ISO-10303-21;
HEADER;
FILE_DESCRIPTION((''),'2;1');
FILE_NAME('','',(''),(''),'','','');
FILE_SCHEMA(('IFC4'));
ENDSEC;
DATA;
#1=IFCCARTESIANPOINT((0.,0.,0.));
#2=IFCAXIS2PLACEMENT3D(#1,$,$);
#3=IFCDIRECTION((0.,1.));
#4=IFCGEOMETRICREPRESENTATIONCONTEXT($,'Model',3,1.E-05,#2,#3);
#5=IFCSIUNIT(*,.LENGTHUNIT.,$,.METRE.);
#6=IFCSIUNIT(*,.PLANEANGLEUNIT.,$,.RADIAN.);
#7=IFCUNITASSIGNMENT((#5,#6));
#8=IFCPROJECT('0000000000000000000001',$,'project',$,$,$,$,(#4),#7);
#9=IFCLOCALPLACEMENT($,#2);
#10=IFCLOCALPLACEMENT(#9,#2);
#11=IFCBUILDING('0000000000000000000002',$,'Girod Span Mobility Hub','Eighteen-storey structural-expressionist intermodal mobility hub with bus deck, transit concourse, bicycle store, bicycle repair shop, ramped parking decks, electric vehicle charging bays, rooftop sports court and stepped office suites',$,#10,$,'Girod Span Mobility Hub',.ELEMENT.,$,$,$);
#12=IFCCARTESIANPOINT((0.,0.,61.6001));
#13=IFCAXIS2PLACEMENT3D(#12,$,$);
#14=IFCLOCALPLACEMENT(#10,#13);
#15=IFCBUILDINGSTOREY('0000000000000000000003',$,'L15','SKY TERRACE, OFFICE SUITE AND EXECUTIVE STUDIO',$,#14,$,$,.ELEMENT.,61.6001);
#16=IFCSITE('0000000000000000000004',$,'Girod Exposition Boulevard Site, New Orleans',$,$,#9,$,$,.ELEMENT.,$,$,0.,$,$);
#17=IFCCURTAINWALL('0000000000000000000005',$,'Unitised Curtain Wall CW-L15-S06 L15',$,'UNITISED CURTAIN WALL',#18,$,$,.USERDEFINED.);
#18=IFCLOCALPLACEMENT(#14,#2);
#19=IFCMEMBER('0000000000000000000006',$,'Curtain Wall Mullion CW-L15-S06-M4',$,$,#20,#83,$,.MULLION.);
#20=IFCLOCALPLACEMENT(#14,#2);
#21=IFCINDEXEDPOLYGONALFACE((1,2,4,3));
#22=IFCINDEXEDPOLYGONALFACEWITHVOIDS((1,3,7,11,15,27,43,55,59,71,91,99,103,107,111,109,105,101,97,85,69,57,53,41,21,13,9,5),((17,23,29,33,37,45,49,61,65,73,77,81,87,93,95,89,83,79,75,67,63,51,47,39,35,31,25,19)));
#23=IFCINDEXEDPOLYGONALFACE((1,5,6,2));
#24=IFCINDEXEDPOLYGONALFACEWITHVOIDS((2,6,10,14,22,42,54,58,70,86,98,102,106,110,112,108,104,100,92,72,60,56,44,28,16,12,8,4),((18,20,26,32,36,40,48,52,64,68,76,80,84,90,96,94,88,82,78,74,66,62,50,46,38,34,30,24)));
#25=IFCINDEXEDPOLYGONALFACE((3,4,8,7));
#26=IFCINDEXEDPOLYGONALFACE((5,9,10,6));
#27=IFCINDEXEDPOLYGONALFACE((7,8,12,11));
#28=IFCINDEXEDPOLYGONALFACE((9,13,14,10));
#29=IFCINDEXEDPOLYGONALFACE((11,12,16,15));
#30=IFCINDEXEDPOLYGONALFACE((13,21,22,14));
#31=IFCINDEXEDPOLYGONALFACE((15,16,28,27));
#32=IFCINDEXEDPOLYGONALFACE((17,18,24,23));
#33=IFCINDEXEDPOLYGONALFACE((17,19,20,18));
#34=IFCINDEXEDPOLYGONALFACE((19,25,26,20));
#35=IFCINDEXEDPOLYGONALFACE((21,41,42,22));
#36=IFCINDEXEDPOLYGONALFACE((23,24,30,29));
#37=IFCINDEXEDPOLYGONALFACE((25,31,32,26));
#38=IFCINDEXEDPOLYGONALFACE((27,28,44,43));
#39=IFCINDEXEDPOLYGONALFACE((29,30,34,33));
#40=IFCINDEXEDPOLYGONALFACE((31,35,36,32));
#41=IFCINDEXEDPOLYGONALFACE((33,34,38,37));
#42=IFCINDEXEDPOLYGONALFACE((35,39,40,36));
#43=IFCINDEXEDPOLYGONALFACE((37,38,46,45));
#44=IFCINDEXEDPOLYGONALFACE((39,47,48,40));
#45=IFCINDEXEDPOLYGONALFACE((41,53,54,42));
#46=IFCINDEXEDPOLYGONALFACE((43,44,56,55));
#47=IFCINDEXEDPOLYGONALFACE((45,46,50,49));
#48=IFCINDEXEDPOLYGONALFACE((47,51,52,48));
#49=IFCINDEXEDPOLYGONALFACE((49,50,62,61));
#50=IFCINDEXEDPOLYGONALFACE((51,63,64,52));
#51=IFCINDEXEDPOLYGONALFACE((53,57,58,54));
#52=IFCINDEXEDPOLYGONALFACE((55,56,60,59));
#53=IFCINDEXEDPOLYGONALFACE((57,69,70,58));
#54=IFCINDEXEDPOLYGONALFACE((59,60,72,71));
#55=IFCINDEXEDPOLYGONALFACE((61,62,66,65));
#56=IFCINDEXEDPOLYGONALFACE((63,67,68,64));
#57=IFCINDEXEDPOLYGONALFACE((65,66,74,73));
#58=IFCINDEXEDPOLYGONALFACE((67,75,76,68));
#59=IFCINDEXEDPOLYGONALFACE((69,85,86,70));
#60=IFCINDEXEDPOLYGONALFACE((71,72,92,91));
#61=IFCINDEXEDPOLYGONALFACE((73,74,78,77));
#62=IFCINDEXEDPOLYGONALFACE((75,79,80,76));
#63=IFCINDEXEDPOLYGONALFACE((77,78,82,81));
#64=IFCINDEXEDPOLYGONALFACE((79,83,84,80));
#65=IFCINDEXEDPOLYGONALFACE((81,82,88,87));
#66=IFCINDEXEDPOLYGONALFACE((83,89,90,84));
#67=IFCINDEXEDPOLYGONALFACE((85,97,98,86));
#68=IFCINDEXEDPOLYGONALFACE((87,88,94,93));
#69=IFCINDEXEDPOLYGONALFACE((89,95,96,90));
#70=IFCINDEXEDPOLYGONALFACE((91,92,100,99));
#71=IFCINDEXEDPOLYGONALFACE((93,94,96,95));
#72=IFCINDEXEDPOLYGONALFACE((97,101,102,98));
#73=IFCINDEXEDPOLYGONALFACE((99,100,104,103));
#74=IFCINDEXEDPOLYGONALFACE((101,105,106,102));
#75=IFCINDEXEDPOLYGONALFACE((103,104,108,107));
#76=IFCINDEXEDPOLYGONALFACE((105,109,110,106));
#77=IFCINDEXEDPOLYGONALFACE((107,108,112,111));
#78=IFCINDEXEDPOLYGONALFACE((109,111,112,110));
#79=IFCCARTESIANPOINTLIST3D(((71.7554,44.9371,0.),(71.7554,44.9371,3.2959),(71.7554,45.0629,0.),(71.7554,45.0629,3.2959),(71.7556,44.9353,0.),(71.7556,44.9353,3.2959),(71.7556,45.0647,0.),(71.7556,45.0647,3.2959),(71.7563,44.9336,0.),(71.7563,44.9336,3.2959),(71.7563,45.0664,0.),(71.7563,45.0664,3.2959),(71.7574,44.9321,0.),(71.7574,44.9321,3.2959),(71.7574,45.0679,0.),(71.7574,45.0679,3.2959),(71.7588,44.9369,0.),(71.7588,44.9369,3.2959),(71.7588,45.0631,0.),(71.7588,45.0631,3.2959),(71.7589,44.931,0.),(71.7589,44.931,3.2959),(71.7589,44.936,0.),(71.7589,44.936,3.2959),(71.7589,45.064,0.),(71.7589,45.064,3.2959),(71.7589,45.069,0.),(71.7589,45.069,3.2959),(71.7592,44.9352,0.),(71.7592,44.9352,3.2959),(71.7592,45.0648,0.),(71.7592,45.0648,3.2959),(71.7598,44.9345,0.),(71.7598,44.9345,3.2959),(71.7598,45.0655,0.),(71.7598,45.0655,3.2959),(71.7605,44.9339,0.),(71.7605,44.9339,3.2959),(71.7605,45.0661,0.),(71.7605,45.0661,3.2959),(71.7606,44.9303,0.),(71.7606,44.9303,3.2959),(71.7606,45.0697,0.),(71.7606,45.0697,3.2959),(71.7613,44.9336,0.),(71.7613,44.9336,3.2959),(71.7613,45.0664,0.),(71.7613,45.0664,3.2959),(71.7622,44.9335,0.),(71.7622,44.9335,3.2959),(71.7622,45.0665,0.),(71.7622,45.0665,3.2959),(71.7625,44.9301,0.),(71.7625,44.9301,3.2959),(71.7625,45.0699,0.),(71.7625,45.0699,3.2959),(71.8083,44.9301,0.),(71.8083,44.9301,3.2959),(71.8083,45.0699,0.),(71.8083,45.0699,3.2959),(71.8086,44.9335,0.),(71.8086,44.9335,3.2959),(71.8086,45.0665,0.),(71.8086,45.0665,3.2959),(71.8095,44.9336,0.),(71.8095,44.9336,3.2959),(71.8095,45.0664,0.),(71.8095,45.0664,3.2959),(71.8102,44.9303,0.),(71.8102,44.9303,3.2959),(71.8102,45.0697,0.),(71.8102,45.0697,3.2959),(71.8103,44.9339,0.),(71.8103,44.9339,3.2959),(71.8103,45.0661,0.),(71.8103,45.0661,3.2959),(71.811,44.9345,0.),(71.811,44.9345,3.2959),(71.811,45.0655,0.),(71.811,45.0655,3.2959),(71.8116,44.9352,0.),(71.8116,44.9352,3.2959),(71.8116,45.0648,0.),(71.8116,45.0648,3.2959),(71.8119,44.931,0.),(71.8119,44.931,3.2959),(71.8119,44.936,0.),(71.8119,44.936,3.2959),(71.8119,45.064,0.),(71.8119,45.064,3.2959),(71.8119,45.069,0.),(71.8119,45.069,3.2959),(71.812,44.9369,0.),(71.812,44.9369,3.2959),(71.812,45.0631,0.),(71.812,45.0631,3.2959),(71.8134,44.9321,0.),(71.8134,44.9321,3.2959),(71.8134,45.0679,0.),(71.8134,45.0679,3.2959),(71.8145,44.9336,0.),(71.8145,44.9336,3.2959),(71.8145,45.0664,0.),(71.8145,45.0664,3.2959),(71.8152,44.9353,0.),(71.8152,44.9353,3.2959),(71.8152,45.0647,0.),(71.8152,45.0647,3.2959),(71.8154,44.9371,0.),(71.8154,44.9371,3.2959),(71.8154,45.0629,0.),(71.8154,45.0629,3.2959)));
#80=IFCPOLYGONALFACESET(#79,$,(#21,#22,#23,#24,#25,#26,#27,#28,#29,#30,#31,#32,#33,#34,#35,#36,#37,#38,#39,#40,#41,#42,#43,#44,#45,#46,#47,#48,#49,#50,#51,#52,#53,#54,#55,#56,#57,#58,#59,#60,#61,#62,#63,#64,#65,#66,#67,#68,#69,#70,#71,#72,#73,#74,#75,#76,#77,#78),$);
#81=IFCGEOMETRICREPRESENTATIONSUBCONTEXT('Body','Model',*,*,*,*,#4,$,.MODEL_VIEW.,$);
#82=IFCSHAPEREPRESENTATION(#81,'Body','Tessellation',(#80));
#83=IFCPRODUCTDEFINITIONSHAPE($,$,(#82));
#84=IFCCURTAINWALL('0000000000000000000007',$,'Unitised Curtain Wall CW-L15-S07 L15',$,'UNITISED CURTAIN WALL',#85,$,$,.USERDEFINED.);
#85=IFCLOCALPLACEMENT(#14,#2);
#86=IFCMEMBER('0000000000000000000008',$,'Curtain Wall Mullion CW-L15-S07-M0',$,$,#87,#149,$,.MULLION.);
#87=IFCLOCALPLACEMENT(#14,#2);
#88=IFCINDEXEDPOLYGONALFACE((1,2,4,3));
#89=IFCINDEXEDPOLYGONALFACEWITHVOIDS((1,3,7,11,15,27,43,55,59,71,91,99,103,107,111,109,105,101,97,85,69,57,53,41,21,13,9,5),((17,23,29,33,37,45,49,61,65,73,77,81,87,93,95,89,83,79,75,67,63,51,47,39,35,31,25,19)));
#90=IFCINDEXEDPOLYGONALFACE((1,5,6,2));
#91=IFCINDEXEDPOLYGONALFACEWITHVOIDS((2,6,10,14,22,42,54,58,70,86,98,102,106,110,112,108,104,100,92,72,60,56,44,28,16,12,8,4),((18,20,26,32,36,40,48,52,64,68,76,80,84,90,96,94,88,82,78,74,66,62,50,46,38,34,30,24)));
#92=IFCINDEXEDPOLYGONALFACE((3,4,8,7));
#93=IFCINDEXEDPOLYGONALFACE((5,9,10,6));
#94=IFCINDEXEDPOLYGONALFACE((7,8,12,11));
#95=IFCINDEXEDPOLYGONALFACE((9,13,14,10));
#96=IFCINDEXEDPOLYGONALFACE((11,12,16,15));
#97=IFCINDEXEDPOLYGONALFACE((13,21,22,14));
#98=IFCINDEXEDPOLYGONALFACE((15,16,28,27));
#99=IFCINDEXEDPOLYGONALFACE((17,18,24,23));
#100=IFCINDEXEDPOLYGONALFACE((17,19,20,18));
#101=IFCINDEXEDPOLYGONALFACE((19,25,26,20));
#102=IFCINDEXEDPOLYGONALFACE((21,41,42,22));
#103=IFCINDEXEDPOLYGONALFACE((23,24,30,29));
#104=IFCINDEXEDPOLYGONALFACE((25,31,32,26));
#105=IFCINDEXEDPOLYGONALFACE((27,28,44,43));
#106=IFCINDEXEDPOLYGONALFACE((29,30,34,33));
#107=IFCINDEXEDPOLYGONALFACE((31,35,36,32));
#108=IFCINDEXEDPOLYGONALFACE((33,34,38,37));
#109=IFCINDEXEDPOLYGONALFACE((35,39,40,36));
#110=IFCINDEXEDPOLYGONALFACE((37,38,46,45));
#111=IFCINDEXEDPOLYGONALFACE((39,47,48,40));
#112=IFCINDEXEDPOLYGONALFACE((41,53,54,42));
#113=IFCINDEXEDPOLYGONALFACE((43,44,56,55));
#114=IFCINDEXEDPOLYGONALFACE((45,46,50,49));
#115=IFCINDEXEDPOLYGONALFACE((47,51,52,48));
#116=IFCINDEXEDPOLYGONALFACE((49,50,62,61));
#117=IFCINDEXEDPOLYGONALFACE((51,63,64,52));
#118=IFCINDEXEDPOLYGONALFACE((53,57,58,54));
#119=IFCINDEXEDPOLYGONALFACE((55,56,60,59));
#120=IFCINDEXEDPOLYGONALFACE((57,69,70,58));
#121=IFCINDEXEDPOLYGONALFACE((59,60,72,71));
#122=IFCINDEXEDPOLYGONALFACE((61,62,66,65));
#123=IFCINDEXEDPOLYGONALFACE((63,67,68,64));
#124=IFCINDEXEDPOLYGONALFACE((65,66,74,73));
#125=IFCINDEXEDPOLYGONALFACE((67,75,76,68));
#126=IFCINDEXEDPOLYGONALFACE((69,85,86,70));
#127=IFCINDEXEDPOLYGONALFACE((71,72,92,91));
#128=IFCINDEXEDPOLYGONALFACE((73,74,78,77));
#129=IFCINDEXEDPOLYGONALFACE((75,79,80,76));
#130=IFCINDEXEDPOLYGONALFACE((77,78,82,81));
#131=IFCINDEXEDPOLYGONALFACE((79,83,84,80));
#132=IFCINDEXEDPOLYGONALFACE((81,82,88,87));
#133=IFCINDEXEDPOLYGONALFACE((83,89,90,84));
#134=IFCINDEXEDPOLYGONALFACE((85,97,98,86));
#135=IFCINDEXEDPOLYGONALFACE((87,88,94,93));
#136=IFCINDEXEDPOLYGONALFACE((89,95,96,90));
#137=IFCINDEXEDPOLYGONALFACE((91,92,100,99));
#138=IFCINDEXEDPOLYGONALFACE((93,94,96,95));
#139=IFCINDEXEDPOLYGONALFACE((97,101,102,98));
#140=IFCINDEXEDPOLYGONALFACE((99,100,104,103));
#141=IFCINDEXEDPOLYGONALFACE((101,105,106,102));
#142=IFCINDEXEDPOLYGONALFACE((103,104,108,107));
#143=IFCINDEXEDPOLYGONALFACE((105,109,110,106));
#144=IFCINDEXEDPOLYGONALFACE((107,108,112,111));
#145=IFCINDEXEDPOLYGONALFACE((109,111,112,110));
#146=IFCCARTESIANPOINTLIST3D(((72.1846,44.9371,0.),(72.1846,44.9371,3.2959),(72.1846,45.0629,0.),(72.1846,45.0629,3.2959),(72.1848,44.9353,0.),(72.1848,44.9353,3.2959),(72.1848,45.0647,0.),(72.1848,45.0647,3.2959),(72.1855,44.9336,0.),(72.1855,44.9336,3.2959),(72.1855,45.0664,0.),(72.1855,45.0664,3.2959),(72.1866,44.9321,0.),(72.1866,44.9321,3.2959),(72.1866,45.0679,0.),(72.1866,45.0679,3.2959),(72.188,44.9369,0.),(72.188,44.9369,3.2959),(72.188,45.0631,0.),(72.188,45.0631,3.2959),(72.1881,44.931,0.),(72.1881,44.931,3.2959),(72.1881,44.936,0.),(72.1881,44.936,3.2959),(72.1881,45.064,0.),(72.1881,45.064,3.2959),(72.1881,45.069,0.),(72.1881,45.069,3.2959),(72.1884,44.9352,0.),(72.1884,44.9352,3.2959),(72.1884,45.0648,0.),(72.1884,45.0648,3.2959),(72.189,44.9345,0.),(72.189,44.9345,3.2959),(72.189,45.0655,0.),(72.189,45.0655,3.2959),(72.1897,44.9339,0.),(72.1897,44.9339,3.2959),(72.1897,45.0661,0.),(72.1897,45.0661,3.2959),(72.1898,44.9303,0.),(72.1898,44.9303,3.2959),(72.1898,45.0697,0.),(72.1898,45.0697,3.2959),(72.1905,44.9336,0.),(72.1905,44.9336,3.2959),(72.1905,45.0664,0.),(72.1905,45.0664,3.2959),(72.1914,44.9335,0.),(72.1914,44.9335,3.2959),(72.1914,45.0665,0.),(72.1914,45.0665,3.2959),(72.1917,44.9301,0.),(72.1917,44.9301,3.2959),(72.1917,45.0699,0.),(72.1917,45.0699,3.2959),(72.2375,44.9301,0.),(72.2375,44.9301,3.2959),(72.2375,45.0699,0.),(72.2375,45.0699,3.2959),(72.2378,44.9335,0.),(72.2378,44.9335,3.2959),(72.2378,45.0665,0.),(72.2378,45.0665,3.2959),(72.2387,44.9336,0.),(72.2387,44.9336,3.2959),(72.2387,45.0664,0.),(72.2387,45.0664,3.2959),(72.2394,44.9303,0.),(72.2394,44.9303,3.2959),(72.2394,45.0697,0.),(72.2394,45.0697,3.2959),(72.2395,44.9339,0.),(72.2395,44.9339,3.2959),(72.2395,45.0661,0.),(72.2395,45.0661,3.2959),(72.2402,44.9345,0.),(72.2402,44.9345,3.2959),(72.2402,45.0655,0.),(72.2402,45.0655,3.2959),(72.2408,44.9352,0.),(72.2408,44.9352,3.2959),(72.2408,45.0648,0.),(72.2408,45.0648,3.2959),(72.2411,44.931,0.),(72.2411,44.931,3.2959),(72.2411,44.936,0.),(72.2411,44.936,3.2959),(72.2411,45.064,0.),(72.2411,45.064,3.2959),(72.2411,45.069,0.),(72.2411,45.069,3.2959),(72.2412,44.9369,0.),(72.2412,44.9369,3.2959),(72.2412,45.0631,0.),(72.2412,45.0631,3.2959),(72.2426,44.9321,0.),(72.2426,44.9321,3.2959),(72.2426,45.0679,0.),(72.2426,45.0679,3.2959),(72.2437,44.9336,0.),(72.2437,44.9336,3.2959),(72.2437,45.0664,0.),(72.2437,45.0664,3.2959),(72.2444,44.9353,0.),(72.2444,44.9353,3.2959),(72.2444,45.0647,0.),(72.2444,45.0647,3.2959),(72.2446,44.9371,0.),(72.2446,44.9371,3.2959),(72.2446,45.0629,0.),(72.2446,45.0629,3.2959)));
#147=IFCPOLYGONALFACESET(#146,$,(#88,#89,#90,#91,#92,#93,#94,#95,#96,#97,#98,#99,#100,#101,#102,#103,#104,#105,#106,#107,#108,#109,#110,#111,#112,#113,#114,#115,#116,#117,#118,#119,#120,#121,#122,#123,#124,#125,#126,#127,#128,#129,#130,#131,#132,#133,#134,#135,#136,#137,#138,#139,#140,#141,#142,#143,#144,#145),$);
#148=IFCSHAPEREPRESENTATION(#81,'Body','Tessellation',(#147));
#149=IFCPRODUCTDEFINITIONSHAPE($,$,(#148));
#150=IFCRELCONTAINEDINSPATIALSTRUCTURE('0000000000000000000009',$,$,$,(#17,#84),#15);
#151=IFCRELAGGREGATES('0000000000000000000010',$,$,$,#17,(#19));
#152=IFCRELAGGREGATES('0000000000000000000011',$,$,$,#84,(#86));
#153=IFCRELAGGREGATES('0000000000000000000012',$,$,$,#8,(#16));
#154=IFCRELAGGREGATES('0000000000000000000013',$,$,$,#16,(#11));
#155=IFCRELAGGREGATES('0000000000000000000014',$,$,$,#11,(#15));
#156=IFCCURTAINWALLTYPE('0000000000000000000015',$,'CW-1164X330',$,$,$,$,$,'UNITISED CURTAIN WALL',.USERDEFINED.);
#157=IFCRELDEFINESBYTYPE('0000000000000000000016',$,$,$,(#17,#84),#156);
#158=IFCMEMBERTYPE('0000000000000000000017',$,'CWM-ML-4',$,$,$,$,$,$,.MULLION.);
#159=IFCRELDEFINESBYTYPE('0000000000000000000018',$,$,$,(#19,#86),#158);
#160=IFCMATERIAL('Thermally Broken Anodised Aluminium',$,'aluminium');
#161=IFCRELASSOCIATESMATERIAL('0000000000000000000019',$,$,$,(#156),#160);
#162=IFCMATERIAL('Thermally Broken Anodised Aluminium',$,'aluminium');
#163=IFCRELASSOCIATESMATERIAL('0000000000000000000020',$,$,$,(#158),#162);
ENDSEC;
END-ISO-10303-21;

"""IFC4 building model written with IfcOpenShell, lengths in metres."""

from ifc_helpers import new_model, si_unit, direction, frame, origin, origin_2d, place, context, subcontext, project, spatial, hollow_rectangle, extrude, material, material_profile, profile_set, type_object, element, aggregate, save


model = new_model("IFC4")

# Units and contexts
model_context = context("Model", 3, precision=1e-05, world=origin(), true_north=direction((0.0, 1.0)))
body_context = subcontext(model_context, "Body", "Model", "MODEL_VIEW")
ifc_project = project(units=[si_unit("LENGTHUNIT", "METRE"), si_unit("PLANEANGLEUNIT", "RADIAN")], contexts=[model_context])

# Site, building, storey
site_placement = place(None, origin())
site = spatial("IfcSite", under=ifc_project, at=site_placement, Name="Girod Exposition Boulevard Site, New Orleans", CompositionType="ELEMENT", RefElevation=0.0)
building_placement = place(site_placement, origin())
building = spatial("IfcBuilding", under=site, at=building_placement, Name="Girod Span Mobility Hub", Description="Eighteen-storey structural-expressionist intermodal mobility hub with bus deck, transit concourse, bicycle store, bicycle repair shop, ramped parking decks, electric vehicle charging bays, rooftop sports court and stepped office suites", LongName="Girod Span Mobility Hub", CompositionType="ELEMENT")
storey_placement = place(building_placement, frame((0.0, 0.0, 61.6001)))
storey = spatial("IfcBuildingStorey", under=building, at=storey_placement, Name="L15", Description="SKY TERRACE, OFFICE SUITE AND EXECUTIVE STUDIO", CompositionType="ELEMENT", Elevation=61.6001)

# Curtain walls, members
ifc_material_1 = material(Name="Thermally Broken Anodised Aluminium", Category="aluminium")
curtain_wall_type = type_object("IfcCurtainWallType", Name="CW-1164X330", ElementType="UNITISED CURTAIN WALL", PredefinedType="USERDEFINED", material=ifc_material_1)
curtain_wall_1_placement = place(storey_placement, origin())
curtain_wall_1 = element("IfcCurtainWall", 1, at=curtain_wall_1_placement, inside=storey, type_object=curtain_wall_type, Name="Unitised Curtain Wall CW-L15-S06 L15", ObjectType="UNITISED CURTAIN WALL", PredefinedType="USERDEFINED")
ifc_material_2 = material(Name="Thermally Broken Anodised Aluminium", Category="aluminium")
ifc_material_profile_1 = material_profile(ifc_material_2, hollow_rectangle(XDim=0.1399, YDim=0.0601, WallThickness=0.0034, InnerFilletRadius=0.0034, OuterFilletRadius=0.0071, at=origin_2d()), Name="CW-ML-60X140")
ifc_profile_set_1 = profile_set([ifc_material_profile_1], Name="Thermally Broken Anodised Aluminium")
member_type_1 = type_object("IfcMemberType", Name="CWM-ML-4", PredefinedType="MULLION", material=ifc_profile_set_1)
member_1_placement = place(storey_placement, frame((71.7854, 45.0, 0.0), z_axis=(0.0, 0.0, 1.0), x_axis=(0.0, 1.0, 0.0)))
member_1 = element("IfcMember", 2, at=member_1_placement, type_object=member_type_1, Name="Curtain Wall Mullion CW-L15-S06-M4", PredefinedType="MULLION", context=body_context, shape_type="SweptSolid", body=[
    extrude(hollow_rectangle(XDim=0.1399, YDim=0.0601, WallThickness=0.0034, InnerFilletRadius=0.0034, OuterFilletRadius=0.0071, at=origin_2d()), origin(), (0.0, 0.0, 1.0), 3.2959),
])
curtain_wall_2_placement = place(storey_placement, origin())
curtain_wall_2 = element("IfcCurtainWall", 3, at=curtain_wall_2_placement, inside=storey, type_object=curtain_wall_type, Name="Unitised Curtain Wall CW-L15-S07 L15", ObjectType="UNITISED CURTAIN WALL", PredefinedType="USERDEFINED")
member_2_placement = place(storey_placement, frame((72.2146, 45.0, 0.0), z_axis=(0.0, 0.0, 1.0), x_axis=(0.0, 1.0, 0.0)))
member_2 = element("IfcMember", 4, at=member_2_placement, type_object=member_type_1, Name="Curtain Wall Mullion CW-L15-S07-M0", PredefinedType="MULLION", context=body_context, shape_type="SweptSolid", body=[
    extrude(hollow_rectangle(XDim=0.1399, YDim=0.0601, WallThickness=0.0034, InnerFilletRadius=0.0034, OuterFilletRadius=0.0071, at=origin_2d()), origin(), (0.0, 0.0, 1.0), 3.2959),
])

aggregate(curtain_wall_1, [member_1])
aggregate(curtain_wall_2, [member_2])

save(model, "model.ifc")
